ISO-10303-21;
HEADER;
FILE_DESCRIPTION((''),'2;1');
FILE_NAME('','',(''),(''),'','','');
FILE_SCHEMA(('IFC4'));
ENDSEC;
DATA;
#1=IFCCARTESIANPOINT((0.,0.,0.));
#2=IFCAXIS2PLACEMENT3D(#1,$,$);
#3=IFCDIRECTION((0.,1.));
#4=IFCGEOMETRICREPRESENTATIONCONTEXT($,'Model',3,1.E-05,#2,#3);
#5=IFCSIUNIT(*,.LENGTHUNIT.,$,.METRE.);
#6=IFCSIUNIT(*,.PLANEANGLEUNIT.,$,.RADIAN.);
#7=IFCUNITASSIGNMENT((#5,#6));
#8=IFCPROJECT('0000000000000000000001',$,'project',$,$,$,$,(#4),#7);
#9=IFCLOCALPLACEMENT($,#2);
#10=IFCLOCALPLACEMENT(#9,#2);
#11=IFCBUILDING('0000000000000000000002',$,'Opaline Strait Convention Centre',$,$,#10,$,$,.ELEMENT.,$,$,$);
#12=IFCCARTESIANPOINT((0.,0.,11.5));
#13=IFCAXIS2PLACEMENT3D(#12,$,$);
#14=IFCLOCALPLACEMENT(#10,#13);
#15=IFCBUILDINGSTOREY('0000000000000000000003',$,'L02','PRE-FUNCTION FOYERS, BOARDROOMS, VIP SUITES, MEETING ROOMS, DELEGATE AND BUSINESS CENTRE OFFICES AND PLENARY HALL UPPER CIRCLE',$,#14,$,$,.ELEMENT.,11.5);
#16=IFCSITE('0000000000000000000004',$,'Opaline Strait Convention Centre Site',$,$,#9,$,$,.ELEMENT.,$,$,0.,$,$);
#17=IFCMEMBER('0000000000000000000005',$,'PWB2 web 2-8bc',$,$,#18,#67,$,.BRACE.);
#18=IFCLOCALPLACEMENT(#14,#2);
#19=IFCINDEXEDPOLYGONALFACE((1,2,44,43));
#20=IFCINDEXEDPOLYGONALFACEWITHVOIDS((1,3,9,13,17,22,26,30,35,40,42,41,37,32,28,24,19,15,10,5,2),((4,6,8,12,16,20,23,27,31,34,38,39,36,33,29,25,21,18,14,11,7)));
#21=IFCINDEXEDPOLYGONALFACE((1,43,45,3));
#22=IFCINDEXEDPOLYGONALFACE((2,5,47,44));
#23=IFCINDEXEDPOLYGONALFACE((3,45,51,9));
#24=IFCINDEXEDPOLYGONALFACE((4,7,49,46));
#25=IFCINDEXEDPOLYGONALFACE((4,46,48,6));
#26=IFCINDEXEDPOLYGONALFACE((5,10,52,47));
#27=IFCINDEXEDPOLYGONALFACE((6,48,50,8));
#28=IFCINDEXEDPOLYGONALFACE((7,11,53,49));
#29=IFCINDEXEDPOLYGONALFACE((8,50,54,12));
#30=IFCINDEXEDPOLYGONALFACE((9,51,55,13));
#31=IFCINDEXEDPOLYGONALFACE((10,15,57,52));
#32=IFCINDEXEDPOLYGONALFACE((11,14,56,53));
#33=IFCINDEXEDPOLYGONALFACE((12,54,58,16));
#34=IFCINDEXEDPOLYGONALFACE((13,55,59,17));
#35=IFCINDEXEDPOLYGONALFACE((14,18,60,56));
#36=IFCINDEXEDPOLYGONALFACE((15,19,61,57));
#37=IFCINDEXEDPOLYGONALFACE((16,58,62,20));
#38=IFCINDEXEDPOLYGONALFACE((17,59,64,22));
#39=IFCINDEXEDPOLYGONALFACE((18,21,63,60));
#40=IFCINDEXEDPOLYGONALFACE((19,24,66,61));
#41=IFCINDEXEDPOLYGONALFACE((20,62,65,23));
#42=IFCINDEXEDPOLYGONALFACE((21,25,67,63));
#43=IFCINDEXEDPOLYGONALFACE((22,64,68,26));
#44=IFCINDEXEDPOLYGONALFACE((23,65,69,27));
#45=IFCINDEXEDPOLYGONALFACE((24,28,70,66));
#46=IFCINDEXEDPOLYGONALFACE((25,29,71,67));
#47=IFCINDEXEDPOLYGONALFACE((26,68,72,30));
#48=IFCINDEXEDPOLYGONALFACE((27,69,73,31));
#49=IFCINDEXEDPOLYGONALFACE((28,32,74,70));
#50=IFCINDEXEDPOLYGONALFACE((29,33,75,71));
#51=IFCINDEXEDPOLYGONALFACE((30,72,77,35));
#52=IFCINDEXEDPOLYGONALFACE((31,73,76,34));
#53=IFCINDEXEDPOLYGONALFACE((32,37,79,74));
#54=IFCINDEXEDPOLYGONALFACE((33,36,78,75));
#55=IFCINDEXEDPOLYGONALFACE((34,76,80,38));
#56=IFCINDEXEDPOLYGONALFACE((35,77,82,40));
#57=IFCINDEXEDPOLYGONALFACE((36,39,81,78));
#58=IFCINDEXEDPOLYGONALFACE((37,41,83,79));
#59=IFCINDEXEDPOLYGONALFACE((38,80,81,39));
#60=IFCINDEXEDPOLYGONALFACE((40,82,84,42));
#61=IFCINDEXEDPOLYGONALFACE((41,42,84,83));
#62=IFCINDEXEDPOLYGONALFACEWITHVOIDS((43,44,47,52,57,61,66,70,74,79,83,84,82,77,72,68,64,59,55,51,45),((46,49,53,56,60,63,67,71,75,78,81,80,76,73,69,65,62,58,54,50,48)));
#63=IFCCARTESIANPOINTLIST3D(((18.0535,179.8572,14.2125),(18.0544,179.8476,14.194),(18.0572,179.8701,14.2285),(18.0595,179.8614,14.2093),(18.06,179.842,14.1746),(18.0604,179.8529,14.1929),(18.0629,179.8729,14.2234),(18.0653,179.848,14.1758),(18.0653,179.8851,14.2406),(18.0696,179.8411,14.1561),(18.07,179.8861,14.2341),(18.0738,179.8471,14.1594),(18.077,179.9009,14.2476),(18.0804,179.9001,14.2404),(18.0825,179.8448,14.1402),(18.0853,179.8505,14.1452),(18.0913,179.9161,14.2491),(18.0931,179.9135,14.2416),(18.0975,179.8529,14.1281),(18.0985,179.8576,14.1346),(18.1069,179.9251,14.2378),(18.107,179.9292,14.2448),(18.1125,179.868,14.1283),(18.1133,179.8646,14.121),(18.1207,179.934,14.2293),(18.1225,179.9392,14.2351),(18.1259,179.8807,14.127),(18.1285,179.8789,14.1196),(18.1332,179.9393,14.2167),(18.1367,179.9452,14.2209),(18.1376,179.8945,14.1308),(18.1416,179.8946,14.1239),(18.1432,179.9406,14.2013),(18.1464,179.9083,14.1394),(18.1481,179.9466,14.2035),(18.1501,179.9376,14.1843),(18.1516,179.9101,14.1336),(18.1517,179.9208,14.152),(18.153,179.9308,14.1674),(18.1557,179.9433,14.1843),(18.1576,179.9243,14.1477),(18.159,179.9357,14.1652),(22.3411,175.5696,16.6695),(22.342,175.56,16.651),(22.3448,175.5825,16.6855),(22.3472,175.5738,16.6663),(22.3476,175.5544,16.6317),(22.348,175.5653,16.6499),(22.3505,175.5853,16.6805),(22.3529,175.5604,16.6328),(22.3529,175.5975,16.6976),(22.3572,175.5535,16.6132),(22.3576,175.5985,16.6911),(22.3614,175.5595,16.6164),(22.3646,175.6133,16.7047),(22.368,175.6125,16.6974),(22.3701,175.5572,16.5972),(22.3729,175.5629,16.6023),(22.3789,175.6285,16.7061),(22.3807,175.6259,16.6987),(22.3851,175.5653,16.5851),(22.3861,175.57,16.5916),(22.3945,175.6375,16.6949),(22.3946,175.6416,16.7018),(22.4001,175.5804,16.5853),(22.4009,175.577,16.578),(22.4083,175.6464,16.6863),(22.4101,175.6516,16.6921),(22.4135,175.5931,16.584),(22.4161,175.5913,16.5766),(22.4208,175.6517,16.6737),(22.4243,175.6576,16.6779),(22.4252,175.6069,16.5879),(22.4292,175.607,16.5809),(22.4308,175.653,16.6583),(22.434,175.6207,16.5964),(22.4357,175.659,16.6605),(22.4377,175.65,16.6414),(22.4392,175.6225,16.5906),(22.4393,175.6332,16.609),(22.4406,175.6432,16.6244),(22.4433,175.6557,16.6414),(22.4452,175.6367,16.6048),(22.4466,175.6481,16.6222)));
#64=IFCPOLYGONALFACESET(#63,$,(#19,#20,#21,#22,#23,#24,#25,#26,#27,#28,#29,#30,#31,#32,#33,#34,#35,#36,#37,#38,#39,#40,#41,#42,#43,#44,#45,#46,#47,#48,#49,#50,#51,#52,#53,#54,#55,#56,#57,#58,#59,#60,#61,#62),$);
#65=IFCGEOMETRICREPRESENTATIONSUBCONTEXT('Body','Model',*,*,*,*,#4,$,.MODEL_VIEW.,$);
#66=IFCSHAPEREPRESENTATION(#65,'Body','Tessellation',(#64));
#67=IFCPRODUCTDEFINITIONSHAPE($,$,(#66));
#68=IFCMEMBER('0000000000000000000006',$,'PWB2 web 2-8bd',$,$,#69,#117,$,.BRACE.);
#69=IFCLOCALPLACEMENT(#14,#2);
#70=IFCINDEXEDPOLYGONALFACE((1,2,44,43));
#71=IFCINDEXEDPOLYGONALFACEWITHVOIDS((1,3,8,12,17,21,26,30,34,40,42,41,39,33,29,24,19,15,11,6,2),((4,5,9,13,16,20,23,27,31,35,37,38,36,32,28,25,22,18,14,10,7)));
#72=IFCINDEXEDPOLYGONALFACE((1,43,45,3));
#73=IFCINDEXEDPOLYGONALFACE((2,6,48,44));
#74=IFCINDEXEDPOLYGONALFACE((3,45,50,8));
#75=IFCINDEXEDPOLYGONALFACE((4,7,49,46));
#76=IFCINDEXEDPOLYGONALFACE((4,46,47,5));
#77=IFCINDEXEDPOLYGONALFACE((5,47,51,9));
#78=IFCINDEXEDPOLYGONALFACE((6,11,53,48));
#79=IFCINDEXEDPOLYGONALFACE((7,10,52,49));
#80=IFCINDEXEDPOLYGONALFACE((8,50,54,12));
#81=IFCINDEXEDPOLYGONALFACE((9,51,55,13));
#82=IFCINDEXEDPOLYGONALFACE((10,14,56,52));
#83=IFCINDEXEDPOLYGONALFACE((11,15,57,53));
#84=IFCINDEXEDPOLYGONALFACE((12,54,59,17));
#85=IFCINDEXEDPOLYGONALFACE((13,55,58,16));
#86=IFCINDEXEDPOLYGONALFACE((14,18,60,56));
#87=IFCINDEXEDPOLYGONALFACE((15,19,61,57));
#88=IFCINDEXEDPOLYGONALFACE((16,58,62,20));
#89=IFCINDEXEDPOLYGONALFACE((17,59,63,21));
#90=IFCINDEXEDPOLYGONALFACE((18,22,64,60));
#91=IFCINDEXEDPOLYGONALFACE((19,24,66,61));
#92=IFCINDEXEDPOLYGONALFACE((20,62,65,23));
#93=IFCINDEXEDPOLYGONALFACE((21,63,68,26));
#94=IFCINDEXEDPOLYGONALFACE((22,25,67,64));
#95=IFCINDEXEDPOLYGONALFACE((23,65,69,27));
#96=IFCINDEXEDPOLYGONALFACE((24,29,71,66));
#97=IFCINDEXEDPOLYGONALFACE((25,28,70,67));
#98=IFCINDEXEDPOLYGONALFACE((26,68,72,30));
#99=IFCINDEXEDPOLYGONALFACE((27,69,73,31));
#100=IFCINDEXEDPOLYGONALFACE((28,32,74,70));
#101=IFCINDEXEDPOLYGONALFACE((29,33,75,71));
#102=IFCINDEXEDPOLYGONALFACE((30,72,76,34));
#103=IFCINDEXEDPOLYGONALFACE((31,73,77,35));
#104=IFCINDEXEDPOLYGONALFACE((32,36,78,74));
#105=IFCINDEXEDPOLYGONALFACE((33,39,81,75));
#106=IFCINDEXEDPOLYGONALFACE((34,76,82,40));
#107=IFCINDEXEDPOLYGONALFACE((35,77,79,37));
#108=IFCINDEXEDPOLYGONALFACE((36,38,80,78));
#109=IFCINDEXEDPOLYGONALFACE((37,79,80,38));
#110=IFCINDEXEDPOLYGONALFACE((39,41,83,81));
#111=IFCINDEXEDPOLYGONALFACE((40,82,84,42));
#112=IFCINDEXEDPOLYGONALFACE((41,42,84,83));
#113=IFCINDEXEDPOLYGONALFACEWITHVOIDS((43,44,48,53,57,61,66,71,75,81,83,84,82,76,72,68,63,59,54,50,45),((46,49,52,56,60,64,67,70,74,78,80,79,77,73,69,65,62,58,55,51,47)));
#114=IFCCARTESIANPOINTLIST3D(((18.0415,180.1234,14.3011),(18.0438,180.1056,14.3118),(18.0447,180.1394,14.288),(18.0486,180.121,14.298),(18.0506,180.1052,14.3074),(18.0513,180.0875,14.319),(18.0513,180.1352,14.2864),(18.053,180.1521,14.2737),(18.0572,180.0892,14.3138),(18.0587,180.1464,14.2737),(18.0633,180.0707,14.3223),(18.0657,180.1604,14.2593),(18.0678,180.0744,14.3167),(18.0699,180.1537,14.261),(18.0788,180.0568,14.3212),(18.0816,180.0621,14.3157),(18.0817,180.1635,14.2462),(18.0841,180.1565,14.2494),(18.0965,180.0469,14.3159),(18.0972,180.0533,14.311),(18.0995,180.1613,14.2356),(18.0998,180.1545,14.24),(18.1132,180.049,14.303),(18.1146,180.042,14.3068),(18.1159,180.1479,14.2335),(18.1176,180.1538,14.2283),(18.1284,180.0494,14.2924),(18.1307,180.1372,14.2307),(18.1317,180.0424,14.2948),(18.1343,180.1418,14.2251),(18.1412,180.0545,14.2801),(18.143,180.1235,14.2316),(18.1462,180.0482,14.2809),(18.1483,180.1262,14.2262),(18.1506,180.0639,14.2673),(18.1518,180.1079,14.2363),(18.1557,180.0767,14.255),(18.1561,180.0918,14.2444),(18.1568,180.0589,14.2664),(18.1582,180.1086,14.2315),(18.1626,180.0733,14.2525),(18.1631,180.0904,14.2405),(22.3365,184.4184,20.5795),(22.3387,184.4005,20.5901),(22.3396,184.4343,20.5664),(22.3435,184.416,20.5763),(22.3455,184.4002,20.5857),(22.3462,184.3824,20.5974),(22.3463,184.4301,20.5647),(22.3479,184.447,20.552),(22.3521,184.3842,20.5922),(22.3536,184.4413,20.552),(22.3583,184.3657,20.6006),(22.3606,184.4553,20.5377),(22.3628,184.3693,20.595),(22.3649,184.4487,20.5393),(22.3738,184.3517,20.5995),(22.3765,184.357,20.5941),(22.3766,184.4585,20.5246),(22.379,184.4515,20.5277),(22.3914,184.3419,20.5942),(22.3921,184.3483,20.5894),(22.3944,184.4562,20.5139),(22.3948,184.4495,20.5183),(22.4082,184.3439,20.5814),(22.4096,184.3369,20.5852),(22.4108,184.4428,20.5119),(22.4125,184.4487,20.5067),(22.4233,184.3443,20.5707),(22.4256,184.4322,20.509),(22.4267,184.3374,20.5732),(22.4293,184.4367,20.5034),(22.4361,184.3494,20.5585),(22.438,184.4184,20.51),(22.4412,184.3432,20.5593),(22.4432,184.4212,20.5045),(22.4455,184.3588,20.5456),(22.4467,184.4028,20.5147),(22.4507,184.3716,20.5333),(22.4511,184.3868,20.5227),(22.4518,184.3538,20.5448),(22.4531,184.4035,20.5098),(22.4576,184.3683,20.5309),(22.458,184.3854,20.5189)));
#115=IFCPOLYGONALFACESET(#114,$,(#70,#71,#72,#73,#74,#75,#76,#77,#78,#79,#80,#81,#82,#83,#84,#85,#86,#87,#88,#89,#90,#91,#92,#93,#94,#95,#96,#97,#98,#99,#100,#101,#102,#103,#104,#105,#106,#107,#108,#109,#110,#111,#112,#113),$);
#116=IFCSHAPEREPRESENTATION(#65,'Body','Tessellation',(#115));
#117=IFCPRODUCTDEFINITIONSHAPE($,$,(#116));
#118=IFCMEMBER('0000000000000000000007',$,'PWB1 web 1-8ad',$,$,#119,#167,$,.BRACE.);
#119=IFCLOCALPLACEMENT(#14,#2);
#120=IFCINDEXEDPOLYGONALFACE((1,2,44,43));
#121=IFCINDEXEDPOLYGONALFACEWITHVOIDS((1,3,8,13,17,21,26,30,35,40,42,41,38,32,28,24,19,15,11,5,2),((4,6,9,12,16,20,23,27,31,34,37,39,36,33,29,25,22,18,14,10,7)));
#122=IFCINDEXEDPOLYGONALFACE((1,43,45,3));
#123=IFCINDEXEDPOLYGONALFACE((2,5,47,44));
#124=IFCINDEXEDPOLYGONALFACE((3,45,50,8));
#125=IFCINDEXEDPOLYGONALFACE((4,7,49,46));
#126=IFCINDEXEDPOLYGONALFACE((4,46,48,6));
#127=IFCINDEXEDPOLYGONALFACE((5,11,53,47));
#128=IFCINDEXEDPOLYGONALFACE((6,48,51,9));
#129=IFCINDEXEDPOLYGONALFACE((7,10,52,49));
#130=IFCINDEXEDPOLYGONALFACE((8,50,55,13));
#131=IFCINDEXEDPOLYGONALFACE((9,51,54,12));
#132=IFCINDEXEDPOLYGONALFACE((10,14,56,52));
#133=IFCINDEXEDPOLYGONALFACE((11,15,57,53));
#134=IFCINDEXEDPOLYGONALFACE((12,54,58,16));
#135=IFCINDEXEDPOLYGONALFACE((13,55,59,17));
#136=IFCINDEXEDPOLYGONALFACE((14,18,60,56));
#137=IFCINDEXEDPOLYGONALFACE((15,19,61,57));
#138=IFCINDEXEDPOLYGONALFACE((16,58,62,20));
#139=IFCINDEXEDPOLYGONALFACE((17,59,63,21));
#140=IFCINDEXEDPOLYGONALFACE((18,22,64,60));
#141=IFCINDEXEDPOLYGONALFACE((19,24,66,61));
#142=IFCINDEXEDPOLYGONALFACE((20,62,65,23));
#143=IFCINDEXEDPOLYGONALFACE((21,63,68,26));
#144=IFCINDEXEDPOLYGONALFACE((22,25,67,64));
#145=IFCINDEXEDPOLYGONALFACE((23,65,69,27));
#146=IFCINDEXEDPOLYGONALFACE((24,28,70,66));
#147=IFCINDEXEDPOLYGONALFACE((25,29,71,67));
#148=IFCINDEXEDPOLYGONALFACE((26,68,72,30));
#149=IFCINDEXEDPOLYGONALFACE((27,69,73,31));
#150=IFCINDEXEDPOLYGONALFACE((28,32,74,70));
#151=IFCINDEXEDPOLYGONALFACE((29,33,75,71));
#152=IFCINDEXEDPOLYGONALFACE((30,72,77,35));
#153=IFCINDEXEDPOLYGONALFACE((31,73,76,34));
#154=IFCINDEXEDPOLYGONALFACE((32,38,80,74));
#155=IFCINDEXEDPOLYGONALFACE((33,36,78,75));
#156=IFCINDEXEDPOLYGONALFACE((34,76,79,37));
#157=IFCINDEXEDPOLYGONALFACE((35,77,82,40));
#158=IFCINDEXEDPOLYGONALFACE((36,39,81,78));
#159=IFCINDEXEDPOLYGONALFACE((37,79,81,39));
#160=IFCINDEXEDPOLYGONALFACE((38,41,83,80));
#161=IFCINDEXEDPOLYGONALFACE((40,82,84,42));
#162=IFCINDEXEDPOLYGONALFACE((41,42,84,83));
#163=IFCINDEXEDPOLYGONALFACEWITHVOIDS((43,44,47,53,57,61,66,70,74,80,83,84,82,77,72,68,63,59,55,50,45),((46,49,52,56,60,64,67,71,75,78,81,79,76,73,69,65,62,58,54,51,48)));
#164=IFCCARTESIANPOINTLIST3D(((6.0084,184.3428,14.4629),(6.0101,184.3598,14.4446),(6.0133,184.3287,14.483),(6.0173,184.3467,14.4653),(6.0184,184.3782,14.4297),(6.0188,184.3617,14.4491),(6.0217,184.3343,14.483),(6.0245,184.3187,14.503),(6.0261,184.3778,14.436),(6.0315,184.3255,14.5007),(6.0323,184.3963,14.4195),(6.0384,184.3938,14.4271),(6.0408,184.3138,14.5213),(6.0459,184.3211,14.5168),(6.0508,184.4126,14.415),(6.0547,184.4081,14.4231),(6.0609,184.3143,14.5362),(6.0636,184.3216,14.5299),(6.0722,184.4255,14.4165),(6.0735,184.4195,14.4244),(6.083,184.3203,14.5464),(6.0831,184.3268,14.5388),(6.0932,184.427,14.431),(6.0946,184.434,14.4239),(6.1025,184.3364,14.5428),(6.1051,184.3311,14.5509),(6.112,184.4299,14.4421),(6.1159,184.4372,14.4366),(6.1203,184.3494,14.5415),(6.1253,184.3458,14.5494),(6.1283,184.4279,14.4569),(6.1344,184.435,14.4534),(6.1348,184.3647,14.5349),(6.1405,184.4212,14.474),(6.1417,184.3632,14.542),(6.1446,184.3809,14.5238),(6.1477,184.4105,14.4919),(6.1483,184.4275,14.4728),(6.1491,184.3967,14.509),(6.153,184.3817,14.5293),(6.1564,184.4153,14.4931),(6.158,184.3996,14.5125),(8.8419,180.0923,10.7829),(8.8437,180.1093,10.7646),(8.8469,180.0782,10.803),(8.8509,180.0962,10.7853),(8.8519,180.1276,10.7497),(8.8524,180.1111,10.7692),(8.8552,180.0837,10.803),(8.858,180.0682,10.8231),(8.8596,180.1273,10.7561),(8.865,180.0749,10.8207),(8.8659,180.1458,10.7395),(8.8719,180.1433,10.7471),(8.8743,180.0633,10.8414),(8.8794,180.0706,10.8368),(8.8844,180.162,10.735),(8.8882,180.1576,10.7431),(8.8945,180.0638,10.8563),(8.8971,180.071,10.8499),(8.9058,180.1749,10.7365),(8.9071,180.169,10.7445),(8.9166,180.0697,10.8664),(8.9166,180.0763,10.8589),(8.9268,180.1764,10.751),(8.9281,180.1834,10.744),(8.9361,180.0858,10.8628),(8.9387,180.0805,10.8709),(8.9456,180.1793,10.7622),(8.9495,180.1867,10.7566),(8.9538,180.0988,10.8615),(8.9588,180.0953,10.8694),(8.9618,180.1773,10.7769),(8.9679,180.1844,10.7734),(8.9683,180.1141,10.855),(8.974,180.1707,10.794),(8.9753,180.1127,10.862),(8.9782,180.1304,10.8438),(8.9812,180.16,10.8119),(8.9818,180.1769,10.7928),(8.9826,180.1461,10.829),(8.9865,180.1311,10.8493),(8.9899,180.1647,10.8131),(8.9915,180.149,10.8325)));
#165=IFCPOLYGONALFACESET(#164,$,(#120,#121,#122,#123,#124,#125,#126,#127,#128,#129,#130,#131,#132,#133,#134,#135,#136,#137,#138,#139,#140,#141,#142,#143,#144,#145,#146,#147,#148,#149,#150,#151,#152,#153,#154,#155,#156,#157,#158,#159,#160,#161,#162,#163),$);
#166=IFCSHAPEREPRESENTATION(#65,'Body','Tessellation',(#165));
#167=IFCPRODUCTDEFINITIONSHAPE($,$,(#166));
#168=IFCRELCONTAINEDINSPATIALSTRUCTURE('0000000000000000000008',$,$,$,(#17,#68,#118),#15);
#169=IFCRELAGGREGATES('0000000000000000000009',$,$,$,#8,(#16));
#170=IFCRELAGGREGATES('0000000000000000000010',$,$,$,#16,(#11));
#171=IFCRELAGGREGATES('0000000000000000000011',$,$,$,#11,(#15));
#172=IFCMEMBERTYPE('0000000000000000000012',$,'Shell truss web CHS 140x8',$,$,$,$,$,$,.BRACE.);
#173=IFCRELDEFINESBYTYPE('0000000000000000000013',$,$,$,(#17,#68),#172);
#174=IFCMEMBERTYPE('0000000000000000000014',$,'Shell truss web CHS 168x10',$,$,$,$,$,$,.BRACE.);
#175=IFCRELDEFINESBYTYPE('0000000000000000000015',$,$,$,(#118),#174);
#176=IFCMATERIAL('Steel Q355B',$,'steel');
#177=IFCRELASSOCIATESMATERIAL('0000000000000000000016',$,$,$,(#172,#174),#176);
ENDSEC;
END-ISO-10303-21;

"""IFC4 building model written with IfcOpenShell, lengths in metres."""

from ifc_helpers import new_model, si_unit, direction, frame, origin, origin_2d, place, context, subcontext, project, spatial, hollow_circle, extrude, material, material_profile, profile_set, type_object, element, save


model = new_model("IFC4")

# Units and contexts
model_context = context("Model", 3, precision=1e-05, world=origin(), true_north=direction((0.0, 1.0)))
body_context = subcontext(model_context, "Body", "Model", "MODEL_VIEW")
ifc_project = project(units=[si_unit("LENGTHUNIT", "METRE"), si_unit("PLANEANGLEUNIT", "RADIAN")], contexts=[model_context])

# Site, building, storey
site_placement = place(None, origin())
site = spatial("IfcSite", under=ifc_project, at=site_placement, Name="Opaline Strait Convention Centre Site", CompositionType="ELEMENT", RefElevation=0.0)
building_placement = place(site_placement, origin())
building = spatial("IfcBuilding", under=site, at=building_placement, Name="Opaline Strait Convention Centre", CompositionType="ELEMENT")
storey_placement = place(building_placement, frame((0.0, 0.0, 11.5)))
storey = spatial("IfcBuildingStorey", under=building, at=storey_placement, Name="L02", Description="PRE-FUNCTION FOYERS, BOARDROOMS, VIP SUITES, MEETING ROOMS, DELEGATE AND BUSINESS CENTRE OFFICES AND PLENARY HALL UPPER CIRCLE", CompositionType="ELEMENT", Elevation=11.5)

# Members
ifc_material_1 = material(Name="Steel Q355B", Category="steel")
ifc_material_profile_1 = material_profile(ifc_material_1, hollow_circle(Radius=0.0701, WallThickness=0.0081, at=origin_2d()), Name="CHS 140x8")
ifc_profile_set_1 = profile_set([ifc_material_profile_1], Name="Steel Q355B")
member_type_1 = type_object("IfcMemberType", Name="Shell truss web CHS 140x8", PredefinedType="BRACE", material=ifc_profile_set_1)
member_1_placement = place(storey_placement, frame((18.1062, 179.8938, 14.1843), z_axis=(0.655348, -0.655348, 0.375551), x_axis=(0.707107, 0.707107, 0.0)))
element("IfcMember", 1, at=member_1_placement, inside=storey, type_object=member_type_1, Name="PWB2 web 2-8bc", PredefinedType="BRACE", context=body_context, shape_type="SweptSolid", body=[
    extrude(hollow_circle(Radius=0.0701, WallThickness=0.0081, at=origin_2d()), origin(), (0.0, 0.0, 1.0), 6.5425),
])
member_2_placement = place(storey_placement, frame((18.1025, 180.1025, 14.2737), z_axis=(0.49166, 0.49166, 0.718708), x_axis=(-0.707107, 0.707107, 0.0)))
element("IfcMember", 2, at=member_2_placement, inside=storey, type_object=member_type_1, Name="PWB2 web 2-8bd", PredefinedType="BRACE", context=body_context, shape_type="SweptSolid", body=[
    extrude(hollow_circle(Radius=0.0701, WallThickness=0.0081, at=origin_2d()), origin(), (0.0, 0.0, 1.0), 8.7356),
])
ifc_material_profile_2 = material_profile(ifc_material_1, hollow_circle(Radius=0.084, WallThickness=0.01, at=origin_2d()), Name="CHS 168x10")
ifc_profile_set_2 = profile_set([ifc_material_profile_2], Name="Steel Q355B")
member_type_2 = type_object("IfcMemberType", Name="Shell truss web CHS 168x10", PredefinedType="BRACE", material=ifc_profile_set_2)
member_3_placement = place(storey_placement, frame((8.9167, 180.1248, 10.803), z_axis=(-0.45006, 0.675129, 0.584505), x_axis=(-0.832065, -0.554678, 0.0)))
element("IfcMember", 3, at=member_3_placement, inside=storey, type_object=member_type_2, Name="PWB1 web 1-8ad", PredefinedType="BRACE", context=body_context, shape_type="SweptSolid", body=[
    extrude(hollow_circle(Radius=0.084, WallThickness=0.01, at=origin_2d()), origin(), (0.0, 0.0, 1.0), 6.2959),
])

save(model, "model.ifc")
